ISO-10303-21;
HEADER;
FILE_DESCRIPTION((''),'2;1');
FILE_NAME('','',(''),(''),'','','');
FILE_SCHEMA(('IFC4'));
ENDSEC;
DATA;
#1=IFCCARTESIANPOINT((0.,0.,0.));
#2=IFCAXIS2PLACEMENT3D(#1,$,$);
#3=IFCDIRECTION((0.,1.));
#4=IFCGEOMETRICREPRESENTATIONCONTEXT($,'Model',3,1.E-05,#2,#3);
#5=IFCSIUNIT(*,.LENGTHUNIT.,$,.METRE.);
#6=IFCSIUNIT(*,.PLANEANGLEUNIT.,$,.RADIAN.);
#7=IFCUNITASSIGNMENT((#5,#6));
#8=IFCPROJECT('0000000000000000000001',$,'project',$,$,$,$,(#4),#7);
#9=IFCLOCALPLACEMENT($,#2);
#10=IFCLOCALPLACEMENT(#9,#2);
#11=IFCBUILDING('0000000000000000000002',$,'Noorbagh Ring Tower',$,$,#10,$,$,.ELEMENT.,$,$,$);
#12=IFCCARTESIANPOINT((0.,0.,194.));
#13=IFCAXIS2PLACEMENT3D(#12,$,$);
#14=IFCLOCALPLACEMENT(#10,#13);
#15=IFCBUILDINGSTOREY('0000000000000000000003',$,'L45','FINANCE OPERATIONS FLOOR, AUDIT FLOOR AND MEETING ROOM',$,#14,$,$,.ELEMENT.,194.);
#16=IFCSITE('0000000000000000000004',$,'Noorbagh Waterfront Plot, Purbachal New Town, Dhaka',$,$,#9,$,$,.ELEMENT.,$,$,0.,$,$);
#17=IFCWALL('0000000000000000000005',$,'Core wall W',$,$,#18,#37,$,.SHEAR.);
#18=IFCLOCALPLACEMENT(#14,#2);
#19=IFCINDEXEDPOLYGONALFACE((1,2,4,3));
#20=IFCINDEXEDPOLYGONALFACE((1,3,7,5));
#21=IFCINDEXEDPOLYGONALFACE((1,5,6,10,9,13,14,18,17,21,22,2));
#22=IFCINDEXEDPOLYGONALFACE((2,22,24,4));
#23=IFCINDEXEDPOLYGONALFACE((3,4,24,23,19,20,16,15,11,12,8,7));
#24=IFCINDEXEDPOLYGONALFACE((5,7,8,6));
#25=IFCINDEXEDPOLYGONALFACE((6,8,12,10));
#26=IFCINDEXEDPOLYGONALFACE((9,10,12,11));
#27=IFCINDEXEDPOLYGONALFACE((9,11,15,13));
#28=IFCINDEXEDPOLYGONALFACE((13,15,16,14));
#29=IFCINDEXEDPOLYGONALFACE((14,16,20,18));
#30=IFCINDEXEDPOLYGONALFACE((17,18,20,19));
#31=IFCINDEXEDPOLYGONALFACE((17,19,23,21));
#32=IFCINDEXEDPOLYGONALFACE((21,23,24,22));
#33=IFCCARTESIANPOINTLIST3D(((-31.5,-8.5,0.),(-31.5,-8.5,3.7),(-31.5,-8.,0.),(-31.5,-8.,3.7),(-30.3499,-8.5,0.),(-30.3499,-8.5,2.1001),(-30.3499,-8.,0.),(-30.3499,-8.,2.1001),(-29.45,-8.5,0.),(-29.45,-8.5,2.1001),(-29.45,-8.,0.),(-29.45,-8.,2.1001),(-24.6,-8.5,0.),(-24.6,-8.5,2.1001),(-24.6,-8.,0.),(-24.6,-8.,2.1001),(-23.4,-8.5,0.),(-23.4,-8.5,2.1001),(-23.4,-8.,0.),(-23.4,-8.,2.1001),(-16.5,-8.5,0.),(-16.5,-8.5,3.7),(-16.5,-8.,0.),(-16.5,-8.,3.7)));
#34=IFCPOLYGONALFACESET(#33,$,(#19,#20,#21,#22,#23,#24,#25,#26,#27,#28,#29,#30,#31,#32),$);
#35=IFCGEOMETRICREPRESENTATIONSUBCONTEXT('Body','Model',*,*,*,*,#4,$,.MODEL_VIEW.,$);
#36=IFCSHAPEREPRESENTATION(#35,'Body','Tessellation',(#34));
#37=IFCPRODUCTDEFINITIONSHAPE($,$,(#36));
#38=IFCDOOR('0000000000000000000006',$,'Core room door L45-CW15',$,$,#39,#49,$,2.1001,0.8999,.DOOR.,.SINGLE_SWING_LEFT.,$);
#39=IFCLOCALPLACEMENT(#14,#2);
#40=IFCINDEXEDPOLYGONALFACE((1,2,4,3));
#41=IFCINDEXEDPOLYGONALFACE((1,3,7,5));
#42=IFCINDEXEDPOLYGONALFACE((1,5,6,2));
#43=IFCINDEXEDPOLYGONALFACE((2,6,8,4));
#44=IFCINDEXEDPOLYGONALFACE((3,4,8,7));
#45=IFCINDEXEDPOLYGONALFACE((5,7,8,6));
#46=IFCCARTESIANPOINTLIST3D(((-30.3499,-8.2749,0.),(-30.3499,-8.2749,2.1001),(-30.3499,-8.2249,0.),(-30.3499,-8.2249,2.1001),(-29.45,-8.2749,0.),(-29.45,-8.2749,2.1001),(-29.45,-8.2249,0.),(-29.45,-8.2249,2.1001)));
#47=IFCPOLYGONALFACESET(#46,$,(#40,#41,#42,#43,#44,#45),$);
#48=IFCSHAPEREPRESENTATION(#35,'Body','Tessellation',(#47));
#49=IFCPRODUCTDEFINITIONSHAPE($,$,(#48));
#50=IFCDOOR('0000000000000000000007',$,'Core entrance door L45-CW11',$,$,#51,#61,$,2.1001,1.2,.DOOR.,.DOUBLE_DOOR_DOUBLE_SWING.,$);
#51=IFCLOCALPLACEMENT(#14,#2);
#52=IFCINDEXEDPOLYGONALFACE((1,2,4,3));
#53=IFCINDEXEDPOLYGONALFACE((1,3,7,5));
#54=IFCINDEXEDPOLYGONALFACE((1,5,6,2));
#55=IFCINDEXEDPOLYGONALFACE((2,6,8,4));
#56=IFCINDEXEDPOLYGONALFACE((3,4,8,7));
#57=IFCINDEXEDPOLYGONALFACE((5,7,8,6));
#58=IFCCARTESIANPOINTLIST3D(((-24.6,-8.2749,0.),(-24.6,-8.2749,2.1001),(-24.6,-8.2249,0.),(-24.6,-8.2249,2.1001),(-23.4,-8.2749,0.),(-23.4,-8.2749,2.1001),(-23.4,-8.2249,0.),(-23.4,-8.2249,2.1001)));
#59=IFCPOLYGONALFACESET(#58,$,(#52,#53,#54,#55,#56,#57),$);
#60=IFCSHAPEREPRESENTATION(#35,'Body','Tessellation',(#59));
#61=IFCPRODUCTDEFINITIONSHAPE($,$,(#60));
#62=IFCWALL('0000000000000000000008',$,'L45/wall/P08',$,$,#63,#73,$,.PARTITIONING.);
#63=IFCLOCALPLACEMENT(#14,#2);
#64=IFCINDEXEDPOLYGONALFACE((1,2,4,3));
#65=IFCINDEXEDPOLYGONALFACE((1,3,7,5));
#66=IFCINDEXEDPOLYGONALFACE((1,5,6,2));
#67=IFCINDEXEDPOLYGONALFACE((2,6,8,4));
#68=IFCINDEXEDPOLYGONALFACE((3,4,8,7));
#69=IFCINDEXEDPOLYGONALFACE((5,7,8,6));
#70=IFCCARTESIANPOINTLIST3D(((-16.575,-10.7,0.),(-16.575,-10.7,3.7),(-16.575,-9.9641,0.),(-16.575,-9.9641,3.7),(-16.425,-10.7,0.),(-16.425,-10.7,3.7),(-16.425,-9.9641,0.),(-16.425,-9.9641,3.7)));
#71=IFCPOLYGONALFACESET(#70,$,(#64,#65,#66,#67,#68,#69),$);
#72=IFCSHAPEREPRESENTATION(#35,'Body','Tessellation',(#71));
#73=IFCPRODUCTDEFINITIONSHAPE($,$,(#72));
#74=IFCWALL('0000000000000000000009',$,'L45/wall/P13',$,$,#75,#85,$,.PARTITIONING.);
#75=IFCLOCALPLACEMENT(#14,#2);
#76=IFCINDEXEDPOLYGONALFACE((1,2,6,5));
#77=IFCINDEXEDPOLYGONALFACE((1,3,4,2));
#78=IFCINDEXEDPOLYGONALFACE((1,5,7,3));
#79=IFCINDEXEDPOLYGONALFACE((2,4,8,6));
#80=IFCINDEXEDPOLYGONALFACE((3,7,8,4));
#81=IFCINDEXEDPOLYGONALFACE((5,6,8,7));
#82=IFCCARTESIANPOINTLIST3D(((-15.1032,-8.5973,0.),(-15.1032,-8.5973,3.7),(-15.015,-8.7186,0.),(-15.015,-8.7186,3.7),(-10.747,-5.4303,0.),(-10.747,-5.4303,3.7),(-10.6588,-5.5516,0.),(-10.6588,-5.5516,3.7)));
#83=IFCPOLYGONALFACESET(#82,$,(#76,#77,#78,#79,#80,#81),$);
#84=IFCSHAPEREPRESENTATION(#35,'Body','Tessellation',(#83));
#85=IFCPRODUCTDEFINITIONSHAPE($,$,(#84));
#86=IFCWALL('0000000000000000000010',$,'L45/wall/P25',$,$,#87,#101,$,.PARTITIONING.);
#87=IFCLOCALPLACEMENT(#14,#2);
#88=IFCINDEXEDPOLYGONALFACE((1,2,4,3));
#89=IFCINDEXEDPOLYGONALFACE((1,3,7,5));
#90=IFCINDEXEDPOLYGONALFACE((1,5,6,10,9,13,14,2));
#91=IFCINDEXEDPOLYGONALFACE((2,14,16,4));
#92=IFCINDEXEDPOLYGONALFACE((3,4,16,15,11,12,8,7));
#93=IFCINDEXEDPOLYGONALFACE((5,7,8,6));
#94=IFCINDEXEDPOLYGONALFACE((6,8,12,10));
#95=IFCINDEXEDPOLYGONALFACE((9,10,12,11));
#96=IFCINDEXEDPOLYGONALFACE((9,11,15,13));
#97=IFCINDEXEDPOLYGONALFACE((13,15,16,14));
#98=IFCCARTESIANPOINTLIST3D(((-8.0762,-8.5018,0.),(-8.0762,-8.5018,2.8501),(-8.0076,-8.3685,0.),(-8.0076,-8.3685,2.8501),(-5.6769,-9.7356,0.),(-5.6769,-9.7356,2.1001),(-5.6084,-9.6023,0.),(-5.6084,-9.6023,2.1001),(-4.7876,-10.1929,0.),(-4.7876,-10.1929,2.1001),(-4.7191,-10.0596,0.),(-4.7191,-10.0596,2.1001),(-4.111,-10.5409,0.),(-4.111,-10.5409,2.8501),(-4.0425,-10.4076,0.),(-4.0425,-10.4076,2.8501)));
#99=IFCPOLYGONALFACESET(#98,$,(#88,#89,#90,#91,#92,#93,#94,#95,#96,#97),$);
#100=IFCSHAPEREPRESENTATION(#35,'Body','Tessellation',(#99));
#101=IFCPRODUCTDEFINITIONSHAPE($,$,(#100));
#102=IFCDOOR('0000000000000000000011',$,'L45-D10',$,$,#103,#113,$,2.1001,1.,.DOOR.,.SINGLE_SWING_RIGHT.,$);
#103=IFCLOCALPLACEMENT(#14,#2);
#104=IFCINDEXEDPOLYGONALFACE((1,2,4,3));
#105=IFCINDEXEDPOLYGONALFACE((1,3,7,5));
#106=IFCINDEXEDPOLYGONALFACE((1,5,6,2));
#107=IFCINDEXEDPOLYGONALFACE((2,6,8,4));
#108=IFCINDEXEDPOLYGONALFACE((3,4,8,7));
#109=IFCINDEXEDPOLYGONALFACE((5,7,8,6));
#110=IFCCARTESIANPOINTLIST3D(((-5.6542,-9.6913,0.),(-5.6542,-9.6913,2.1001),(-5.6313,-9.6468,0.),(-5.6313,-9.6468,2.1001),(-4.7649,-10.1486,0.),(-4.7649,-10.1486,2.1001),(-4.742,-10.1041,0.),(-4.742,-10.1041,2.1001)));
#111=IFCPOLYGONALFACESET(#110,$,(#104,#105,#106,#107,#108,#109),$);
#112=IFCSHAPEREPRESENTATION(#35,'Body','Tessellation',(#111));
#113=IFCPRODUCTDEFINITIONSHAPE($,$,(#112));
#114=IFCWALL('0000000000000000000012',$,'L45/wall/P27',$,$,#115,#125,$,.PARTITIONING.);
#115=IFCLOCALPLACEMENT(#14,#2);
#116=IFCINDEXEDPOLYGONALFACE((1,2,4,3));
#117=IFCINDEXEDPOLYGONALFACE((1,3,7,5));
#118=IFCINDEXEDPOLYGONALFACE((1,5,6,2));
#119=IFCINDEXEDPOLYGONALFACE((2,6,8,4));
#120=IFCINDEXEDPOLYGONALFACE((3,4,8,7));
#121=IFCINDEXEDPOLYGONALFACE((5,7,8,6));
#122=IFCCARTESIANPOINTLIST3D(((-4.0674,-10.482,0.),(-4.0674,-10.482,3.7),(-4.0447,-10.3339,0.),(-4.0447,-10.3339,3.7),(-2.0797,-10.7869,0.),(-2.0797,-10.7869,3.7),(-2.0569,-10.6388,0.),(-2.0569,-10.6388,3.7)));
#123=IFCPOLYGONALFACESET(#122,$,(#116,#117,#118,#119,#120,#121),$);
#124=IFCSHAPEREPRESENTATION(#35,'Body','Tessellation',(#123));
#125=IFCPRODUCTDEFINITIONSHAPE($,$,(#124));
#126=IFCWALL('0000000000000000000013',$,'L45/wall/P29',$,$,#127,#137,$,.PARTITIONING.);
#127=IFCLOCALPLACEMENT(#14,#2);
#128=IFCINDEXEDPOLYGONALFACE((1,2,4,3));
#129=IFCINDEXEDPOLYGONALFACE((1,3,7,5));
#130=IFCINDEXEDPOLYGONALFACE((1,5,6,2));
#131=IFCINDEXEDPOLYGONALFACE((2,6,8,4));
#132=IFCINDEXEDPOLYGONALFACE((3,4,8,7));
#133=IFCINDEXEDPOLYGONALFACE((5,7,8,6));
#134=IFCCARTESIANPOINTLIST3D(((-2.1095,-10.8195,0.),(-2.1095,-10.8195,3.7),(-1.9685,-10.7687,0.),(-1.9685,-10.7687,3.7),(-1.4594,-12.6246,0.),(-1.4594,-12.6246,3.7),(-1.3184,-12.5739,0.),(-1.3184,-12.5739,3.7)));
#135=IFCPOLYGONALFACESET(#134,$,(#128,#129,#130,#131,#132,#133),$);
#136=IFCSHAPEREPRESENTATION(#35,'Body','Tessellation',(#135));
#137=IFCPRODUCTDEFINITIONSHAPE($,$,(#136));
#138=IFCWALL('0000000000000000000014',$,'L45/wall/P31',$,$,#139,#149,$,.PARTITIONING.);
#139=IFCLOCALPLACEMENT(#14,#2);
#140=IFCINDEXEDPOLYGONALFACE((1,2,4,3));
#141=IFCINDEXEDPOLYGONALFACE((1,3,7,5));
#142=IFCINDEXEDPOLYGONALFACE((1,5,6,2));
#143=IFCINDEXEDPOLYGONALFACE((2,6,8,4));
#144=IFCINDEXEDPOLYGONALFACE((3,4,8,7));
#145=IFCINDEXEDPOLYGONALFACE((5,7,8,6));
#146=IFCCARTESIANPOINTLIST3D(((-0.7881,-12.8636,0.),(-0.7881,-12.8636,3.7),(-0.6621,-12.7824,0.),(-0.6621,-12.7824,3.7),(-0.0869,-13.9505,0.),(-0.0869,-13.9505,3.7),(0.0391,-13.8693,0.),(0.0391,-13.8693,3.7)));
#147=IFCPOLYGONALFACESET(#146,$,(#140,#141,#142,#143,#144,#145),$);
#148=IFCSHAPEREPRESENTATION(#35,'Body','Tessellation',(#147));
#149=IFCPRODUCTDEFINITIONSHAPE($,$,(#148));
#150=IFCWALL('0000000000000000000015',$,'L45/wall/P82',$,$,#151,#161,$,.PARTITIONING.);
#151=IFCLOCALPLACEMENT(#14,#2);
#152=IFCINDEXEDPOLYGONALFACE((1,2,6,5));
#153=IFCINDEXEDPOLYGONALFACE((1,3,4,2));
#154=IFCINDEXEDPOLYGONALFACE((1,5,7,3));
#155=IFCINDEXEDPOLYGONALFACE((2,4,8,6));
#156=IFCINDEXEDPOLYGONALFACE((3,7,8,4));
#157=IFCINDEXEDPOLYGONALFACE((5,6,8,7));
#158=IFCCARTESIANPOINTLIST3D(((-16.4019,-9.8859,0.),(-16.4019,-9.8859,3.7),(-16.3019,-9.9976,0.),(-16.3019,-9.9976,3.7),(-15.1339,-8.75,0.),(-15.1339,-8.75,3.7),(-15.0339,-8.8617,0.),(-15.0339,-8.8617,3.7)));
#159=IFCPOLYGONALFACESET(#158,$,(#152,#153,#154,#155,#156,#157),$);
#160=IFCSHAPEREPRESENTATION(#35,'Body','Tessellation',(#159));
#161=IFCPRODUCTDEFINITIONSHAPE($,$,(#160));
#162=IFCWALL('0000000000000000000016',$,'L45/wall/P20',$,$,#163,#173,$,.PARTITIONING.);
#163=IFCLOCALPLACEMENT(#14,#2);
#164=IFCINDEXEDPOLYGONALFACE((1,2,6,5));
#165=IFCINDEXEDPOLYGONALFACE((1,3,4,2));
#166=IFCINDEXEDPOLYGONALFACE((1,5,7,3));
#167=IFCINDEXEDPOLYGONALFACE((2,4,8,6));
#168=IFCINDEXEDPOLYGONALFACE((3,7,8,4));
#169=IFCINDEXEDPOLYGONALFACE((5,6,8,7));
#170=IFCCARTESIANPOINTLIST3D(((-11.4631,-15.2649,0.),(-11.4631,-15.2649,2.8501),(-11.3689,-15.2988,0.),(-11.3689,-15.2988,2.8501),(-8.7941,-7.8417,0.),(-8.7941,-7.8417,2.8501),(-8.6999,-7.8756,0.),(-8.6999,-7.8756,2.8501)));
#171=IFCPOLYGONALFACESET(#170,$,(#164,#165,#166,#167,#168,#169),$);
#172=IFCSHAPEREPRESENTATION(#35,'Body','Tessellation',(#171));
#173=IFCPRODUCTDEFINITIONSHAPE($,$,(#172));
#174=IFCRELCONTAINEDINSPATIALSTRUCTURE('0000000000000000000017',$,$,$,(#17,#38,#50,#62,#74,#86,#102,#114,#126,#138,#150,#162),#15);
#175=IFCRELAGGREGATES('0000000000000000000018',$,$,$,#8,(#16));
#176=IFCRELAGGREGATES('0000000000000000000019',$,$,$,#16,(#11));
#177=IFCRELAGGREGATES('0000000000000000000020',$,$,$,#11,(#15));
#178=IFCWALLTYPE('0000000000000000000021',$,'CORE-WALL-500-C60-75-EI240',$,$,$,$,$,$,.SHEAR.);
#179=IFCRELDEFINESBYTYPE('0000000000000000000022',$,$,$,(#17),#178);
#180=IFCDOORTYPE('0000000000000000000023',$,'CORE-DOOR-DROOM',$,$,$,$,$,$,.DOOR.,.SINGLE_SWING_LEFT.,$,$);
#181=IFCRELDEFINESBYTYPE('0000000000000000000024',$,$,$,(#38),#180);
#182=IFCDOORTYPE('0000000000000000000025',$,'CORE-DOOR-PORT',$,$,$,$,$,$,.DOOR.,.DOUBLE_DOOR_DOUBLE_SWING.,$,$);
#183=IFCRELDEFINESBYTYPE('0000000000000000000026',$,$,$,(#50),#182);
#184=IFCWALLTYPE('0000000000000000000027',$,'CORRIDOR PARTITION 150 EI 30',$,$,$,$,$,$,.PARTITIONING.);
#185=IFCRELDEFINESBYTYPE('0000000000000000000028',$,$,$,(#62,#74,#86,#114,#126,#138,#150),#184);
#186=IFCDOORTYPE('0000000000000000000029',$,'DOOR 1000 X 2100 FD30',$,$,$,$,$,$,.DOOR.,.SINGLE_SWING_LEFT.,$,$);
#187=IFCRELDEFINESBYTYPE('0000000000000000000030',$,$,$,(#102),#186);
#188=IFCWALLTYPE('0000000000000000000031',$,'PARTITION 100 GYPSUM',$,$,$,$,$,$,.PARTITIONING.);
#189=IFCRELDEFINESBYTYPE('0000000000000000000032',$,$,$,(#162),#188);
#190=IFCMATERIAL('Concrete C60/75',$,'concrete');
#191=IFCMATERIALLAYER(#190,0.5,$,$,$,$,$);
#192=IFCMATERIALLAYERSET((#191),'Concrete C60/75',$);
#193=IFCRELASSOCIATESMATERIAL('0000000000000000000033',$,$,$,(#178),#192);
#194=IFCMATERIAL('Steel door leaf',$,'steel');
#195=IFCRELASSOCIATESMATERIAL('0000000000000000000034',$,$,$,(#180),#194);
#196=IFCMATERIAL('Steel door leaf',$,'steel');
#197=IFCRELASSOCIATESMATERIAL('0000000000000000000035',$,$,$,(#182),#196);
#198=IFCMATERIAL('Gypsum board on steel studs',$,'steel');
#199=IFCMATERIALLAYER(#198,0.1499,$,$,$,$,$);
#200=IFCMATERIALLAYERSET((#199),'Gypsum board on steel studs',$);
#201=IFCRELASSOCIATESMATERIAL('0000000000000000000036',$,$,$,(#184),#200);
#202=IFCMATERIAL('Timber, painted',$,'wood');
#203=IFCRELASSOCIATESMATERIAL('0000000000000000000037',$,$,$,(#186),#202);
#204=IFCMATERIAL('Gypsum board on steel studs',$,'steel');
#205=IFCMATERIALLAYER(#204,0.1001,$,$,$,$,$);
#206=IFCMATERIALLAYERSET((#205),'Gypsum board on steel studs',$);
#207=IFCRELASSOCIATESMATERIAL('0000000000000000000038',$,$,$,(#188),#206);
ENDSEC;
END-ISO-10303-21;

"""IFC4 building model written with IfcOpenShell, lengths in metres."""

from ifc_helpers import new_model, si_unit, direction, frame, frame_2d, origin, place, context, subcontext, project, spatial, rectangle, extrude, material, layer, layer_set, type_object, element, fill, save


model = new_model("IFC4")

# Units and contexts
model_context = context("Model", 3, precision=1e-05, world=origin(), true_north=direction((0.0, 1.0)))
body_context = subcontext(model_context, "Body", "Model", "MODEL_VIEW")
ifc_project = project(units=[si_unit("LENGTHUNIT", "METRE"), si_unit("PLANEANGLEUNIT", "RADIAN")], contexts=[model_context])

# Site, building, storey
site_placement = place(None, origin())
site = spatial("IfcSite", under=ifc_project, at=site_placement, Name="Noorbagh Waterfront Plot, Purbachal New Town, Dhaka", CompositionType="ELEMENT", RefElevation=0.0)
building_placement = place(site_placement, origin())
building = spatial("IfcBuilding", under=site, at=building_placement, Name="Noorbagh Ring Tower", CompositionType="ELEMENT")
storey_placement = place(building_placement, frame((0.0, 0.0, 194.0)))
storey = spatial("IfcBuildingStorey", under=building, at=storey_placement, Name="L45", Description="FINANCE OPERATIONS FLOOR, AUDIT FLOOR AND MEETING ROOM", CompositionType="ELEMENT", Elevation=194.0)

# Wall, openings, doors
ifc_material_1 = material(Name="Concrete C60/75", Category="concrete")
ifc_layer_1 = layer(ifc_material_1, 0.5)
ifc_layer_set_1 = layer_set([ifc_layer_1], Name="Concrete C60/75")
wall_type_1 = type_object("IfcWallType", Name="CORE-WALL-500-C60-75-EI240", PredefinedType="SHEAR", material=ifc_layer_set_1)
wall_1_placement = place(storey_placement, frame((-16.5, -8.25, 0.0), z_axis=(0.0, 0.0, 1.0), x_axis=(-1.0, 0.0, 0.0)))
wall_1 = element("IfcWall", 1, at=wall_1_placement, inside=storey, type_object=wall_type_1, Name="Core wall W", PredefinedType="SHEAR", context=body_context, shape_type="SweptSolid", body=[
    extrude(rectangle(XDim=15.0, YDim=0.5, at=frame_2d((7.5, 0.0))), origin(), (0.0, 0.0, 1.0), 3.7),
])
opening_1_placement = place(wall_1_placement, frame((6.8999, 0.0, 0.0)))
opening_1 = element("IfcOpeningElement", 2, at=opening_1_placement, cuts=wall_1, PredefinedType="OPENING", context=body_context, shape_type="SweptSolid", body=[
    extrude(rectangle(XDim=1.2, YDim=2.1001, at=frame_2d((0.6001, 1.05))), frame((0.0, 0.26, 0.0), z_axis=(0.0, -1.0, 0.0), x_axis=(1.0, 0.0, 0.0)), (0.0, 0.0, 1.0), 0.52),
])
opening_2_placement = place(wall_1_placement, frame((12.95, 0.0, 0.0)))
opening_2 = element("IfcOpeningElement", 3, at=opening_2_placement, cuts=wall_1, PredefinedType="OPENING", context=body_context, shape_type="SweptSolid", body=[
    extrude(rectangle(XDim=0.8999, YDim=2.1001, at=frame_2d((0.45, 1.05))), frame((0.0, 0.26, 0.0), z_axis=(0.0, -1.0, 0.0), x_axis=(1.0, 0.0, 0.0)), (0.0, 0.0, 1.0), 0.52),
])
ifc_material_2 = material(Name="Steel door leaf", Category="steel")
door_type_1 = type_object("IfcDoorType", Name="CORE-DOOR-DROOM", OperationType="SINGLE_SWING_LEFT", PredefinedType="DOOR", material=ifc_material_2)
door_1_placement = place(opening_2_placement, origin())
door_1 = element("IfcDoor", 4, at=door_1_placement, inside=storey, type_object=door_type_1, Name="Core room door L45-CW15", OperationType="SINGLE_SWING_LEFT", OverallHeight=2.1001, OverallWidth=0.8999, PredefinedType="DOOR", context=body_context, shape_type="SweptSolid", body=[
    extrude(rectangle(XDim=0.8999, YDim=2.1001, at=frame_2d((0.45, 1.05))), frame((0.0, 0.0249, 0.0), z_axis=(0.0, -1.0, 0.0), x_axis=(1.0, 0.0, 0.0)), (0.0, 0.0, 1.0), 0.05),
])
fill(opening_2, door_1)
ifc_material_3 = material(Name="Steel door leaf", Category="steel")
door_type_2 = type_object("IfcDoorType", Name="CORE-DOOR-PORT", OperationType="DOUBLE_DOOR_DOUBLE_SWING", PredefinedType="DOOR", material=ifc_material_3)
door_2_placement = place(opening_1_placement, origin())
door_2 = element("IfcDoor", 5, at=door_2_placement, inside=storey, type_object=door_type_2, Name="Core entrance door L45-CW11", OperationType="DOUBLE_DOOR_DOUBLE_SWING", OverallHeight=2.1001, OverallWidth=1.2, PredefinedType="DOOR", context=body_context, shape_type="SweptSolid", body=[
    extrude(rectangle(XDim=1.2, YDim=2.1001, at=frame_2d((0.6001, 1.05))), frame((0.0, 0.0249, 0.0), z_axis=(0.0, -1.0, 0.0), x_axis=(1.0, 0.0, 0.0)), (0.0, 0.0, 1.0), 0.05),
])
fill(opening_1, door_2)

# Walls
ifc_material_4 = material(Name="Gypsum board on steel studs", Category="steel")
ifc_layer_2 = layer(ifc_material_4, 0.1499)
ifc_layer_set_2 = layer_set([ifc_layer_2], Name="Gypsum board on steel studs")
wall_type_2 = type_object("IfcWallType", Name="CORRIDOR PARTITION 150 EI 30", PredefinedType="PARTITIONING", material=ifc_layer_set_2)
wall_2_placement = place(storey_placement, frame((-16.5, -10.7, 0.0), z_axis=(0.0, 0.0, 1.0), x_axis=(0.0, 1.0, 0.0)))
element("IfcWall", 6, at=wall_2_placement, inside=storey, type_object=wall_type_2, Name="L45/wall/P08", PredefinedType="PARTITIONING", context=body_context, shape_type="SweptSolid", body=[
    extrude(rectangle(XDim=0.7358, YDim=0.1499, at=frame_2d((0.3679, 0.0))), origin(), (0.0, 0.0, 1.0), 3.7),
])
wall_3_placement = place(storey_placement, frame((-15.0591, -8.658, 0.0), z_axis=(0.0, 0.0, 1.0), x_axis=(0.808838, 0.588032, 0.0)))
element("IfcWall", 7, at=wall_3_placement, inside=storey, type_object=wall_type_2, Name="L45/wall/P13", PredefinedType="PARTITIONING", context=body_context, shape_type="SweptSolid", body=[
    extrude(rectangle(XDim=5.3857, YDim=0.1499, at=frame_2d((2.6929, 0.0))), origin(), (0.0, 0.0, 1.0), 3.7),
])

# Wall, opening, door
wall_4_placement = place(storey_placement, frame((-8.042, -8.4351, 0.0), z_axis=(0.0, 0.0, 1.0), x_axis=(0.889299, -0.457326, 0.0)))
wall_4 = element("IfcWall", 8, at=wall_4_placement, inside=storey, type_object=wall_type_2, Name="L45/wall/P25", PredefinedType="PARTITIONING", context=body_context, shape_type="SweptSolid", body=[
    extrude(rectangle(XDim=4.4587, YDim=0.1499, at=frame_2d((2.2295, 0.0))), origin(), (0.0, 0.0, 1.0), 2.8501),
])
opening_3_placement = place(wall_4_placement, frame((2.698, 0.0, 0.0)))
opening_3 = element("IfcOpeningElement", 9, at=opening_3_placement, cuts=wall_4, PredefinedType="OPENING", context=body_context, shape_type="SweptSolid", body=[
    extrude(rectangle(XDim=1.0, YDim=2.1001, at=frame_2d((0.5, 1.05))), frame((0.0, 0.085, 0.0), z_axis=(0.0, -1.0, 0.0), x_axis=(1.0, 0.0, 0.0)), (0.0, 0.0, 1.0), 0.1699),
])
ifc_material_5 = material(Name="Timber, painted", Category="wood")
door_type_3 = type_object("IfcDoorType", Name="DOOR 1000 X 2100 FD30", OperationType="SINGLE_SWING_LEFT", PredefinedType="DOOR", material=ifc_material_5)
door_3_placement = place(opening_3_placement, origin())
door_3 = element("IfcDoor", 10, at=door_3_placement, inside=storey, type_object=door_type_3, Name="L45-D10", OperationType="SINGLE_SWING_RIGHT", OverallHeight=2.1001, OverallWidth=1.0, PredefinedType="DOOR", context=body_context, shape_type="SweptSolid", body=[
    extrude(rectangle(XDim=1.0, YDim=2.1001, at=frame_2d((0.5, 1.05))), frame((0.0, 0.0249, 0.0), z_axis=(0.0, -1.0, 0.0), x_axis=(1.0, 0.0, 0.0)), (0.0, 0.0, 1.0), 0.05),
])
fill(opening_3, door_3)

# Walls
wall_5_placement = place(storey_placement, frame((-4.0559, -10.408, 0.0), z_axis=(0.0, 0.0, 1.0), x_axis=(0.988438, -0.151628, 0.0)))
element("IfcWall", 11, at=wall_5_placement, inside=storey, type_object=wall_type_2, Name="L45/wall/P27", PredefinedType="PARTITIONING", context=body_context, shape_type="SweptSolid", body=[
    extrude(rectangle(XDim=2.011, YDim=0.1499, at=frame_2d((1.0054, 0.0))), origin(), (0.0, 0.0, 1.0), 3.7),
])
wall_6_placement = place(storey_placement, frame((-2.0391, -10.7939, 0.0), z_axis=(0.0, 0.0, 1.0), x_axis=(0.33885, -0.94084, 0.0)))
element("IfcWall", 12, at=wall_6_placement, inside=storey, type_object=wall_type_2, Name="L45/wall/P29", PredefinedType="PARTITIONING", context=body_context, shape_type="SweptSolid", body=[
    extrude(rectangle(XDim=1.9187, YDim=0.1499, at=frame_2d((0.9595, 0.0))), origin(), (0.0, 0.0, 1.0), 3.7),
])
wall_7_placement = place(storey_placement, frame((-0.7251, -12.823, 0.0), z_axis=(0.0, 0.0, 1.0), x_axis=(0.542092, -0.840319, 0.0)))
element("IfcWall", 13, at=wall_7_placement, inside=storey, type_object=wall_type_2, Name="L45/wall/P31", PredefinedType="PARTITIONING", context=body_context, shape_type="SweptSolid", body=[
    extrude(rectangle(XDim=1.2935, YDim=0.1499, at=frame_2d((0.6467, 0.0))), origin(), (0.0, 0.0, 1.0), 3.7),
])
wall_8_placement = place(storey_placement, frame((-15.084, -8.8059, 0.0), z_axis=(0.0, 0.0, 1.0), x_axis=(-0.744832, -0.667252, 0.0)))
element("IfcWall", 14, at=wall_8_placement, inside=storey, type_object=wall_type_2, Name="L45/wall/P82", PredefinedType="PARTITIONING", context=body_context, shape_type="SweptSolid", body=[
    extrude(rectangle(XDim=1.7024, YDim=0.1499, at=frame_2d((0.8511, 0.0))), origin(), (0.0, 0.0, 1.0), 3.7),
])
ifc_material_6 = material(Name="Gypsum board on steel studs", Category="steel")
ifc_layer_3 = layer(ifc_material_6, 0.1001)
ifc_layer_set_3 = layer_set([ifc_layer_3], Name="Gypsum board on steel studs")
wall_type_3 = type_object("IfcWallType", Name="PARTITION 100 GYPSUM", PredefinedType="PARTITIONING", material=ifc_layer_set_3)
wall_9_placement = place(storey_placement, frame((-11.416, -15.282, 0.0), z_axis=(0.0, 0.0, 1.0), x_axis=(0.338341, 0.941023, 0.0)))
element("IfcWall", 15, at=wall_9_placement, inside=storey, type_object=wall_type_3, Name="L45/wall/P20", PredefinedType="PARTITIONING", context=body_context, shape_type="SweptSolid", body=[
    extrude(rectangle(XDim=7.8884, YDim=0.1001, at=frame_2d((3.9443, 0.0))), origin(), (0.0, 0.0, 1.0), 2.8501),
])

save(model, "model.ifc")
